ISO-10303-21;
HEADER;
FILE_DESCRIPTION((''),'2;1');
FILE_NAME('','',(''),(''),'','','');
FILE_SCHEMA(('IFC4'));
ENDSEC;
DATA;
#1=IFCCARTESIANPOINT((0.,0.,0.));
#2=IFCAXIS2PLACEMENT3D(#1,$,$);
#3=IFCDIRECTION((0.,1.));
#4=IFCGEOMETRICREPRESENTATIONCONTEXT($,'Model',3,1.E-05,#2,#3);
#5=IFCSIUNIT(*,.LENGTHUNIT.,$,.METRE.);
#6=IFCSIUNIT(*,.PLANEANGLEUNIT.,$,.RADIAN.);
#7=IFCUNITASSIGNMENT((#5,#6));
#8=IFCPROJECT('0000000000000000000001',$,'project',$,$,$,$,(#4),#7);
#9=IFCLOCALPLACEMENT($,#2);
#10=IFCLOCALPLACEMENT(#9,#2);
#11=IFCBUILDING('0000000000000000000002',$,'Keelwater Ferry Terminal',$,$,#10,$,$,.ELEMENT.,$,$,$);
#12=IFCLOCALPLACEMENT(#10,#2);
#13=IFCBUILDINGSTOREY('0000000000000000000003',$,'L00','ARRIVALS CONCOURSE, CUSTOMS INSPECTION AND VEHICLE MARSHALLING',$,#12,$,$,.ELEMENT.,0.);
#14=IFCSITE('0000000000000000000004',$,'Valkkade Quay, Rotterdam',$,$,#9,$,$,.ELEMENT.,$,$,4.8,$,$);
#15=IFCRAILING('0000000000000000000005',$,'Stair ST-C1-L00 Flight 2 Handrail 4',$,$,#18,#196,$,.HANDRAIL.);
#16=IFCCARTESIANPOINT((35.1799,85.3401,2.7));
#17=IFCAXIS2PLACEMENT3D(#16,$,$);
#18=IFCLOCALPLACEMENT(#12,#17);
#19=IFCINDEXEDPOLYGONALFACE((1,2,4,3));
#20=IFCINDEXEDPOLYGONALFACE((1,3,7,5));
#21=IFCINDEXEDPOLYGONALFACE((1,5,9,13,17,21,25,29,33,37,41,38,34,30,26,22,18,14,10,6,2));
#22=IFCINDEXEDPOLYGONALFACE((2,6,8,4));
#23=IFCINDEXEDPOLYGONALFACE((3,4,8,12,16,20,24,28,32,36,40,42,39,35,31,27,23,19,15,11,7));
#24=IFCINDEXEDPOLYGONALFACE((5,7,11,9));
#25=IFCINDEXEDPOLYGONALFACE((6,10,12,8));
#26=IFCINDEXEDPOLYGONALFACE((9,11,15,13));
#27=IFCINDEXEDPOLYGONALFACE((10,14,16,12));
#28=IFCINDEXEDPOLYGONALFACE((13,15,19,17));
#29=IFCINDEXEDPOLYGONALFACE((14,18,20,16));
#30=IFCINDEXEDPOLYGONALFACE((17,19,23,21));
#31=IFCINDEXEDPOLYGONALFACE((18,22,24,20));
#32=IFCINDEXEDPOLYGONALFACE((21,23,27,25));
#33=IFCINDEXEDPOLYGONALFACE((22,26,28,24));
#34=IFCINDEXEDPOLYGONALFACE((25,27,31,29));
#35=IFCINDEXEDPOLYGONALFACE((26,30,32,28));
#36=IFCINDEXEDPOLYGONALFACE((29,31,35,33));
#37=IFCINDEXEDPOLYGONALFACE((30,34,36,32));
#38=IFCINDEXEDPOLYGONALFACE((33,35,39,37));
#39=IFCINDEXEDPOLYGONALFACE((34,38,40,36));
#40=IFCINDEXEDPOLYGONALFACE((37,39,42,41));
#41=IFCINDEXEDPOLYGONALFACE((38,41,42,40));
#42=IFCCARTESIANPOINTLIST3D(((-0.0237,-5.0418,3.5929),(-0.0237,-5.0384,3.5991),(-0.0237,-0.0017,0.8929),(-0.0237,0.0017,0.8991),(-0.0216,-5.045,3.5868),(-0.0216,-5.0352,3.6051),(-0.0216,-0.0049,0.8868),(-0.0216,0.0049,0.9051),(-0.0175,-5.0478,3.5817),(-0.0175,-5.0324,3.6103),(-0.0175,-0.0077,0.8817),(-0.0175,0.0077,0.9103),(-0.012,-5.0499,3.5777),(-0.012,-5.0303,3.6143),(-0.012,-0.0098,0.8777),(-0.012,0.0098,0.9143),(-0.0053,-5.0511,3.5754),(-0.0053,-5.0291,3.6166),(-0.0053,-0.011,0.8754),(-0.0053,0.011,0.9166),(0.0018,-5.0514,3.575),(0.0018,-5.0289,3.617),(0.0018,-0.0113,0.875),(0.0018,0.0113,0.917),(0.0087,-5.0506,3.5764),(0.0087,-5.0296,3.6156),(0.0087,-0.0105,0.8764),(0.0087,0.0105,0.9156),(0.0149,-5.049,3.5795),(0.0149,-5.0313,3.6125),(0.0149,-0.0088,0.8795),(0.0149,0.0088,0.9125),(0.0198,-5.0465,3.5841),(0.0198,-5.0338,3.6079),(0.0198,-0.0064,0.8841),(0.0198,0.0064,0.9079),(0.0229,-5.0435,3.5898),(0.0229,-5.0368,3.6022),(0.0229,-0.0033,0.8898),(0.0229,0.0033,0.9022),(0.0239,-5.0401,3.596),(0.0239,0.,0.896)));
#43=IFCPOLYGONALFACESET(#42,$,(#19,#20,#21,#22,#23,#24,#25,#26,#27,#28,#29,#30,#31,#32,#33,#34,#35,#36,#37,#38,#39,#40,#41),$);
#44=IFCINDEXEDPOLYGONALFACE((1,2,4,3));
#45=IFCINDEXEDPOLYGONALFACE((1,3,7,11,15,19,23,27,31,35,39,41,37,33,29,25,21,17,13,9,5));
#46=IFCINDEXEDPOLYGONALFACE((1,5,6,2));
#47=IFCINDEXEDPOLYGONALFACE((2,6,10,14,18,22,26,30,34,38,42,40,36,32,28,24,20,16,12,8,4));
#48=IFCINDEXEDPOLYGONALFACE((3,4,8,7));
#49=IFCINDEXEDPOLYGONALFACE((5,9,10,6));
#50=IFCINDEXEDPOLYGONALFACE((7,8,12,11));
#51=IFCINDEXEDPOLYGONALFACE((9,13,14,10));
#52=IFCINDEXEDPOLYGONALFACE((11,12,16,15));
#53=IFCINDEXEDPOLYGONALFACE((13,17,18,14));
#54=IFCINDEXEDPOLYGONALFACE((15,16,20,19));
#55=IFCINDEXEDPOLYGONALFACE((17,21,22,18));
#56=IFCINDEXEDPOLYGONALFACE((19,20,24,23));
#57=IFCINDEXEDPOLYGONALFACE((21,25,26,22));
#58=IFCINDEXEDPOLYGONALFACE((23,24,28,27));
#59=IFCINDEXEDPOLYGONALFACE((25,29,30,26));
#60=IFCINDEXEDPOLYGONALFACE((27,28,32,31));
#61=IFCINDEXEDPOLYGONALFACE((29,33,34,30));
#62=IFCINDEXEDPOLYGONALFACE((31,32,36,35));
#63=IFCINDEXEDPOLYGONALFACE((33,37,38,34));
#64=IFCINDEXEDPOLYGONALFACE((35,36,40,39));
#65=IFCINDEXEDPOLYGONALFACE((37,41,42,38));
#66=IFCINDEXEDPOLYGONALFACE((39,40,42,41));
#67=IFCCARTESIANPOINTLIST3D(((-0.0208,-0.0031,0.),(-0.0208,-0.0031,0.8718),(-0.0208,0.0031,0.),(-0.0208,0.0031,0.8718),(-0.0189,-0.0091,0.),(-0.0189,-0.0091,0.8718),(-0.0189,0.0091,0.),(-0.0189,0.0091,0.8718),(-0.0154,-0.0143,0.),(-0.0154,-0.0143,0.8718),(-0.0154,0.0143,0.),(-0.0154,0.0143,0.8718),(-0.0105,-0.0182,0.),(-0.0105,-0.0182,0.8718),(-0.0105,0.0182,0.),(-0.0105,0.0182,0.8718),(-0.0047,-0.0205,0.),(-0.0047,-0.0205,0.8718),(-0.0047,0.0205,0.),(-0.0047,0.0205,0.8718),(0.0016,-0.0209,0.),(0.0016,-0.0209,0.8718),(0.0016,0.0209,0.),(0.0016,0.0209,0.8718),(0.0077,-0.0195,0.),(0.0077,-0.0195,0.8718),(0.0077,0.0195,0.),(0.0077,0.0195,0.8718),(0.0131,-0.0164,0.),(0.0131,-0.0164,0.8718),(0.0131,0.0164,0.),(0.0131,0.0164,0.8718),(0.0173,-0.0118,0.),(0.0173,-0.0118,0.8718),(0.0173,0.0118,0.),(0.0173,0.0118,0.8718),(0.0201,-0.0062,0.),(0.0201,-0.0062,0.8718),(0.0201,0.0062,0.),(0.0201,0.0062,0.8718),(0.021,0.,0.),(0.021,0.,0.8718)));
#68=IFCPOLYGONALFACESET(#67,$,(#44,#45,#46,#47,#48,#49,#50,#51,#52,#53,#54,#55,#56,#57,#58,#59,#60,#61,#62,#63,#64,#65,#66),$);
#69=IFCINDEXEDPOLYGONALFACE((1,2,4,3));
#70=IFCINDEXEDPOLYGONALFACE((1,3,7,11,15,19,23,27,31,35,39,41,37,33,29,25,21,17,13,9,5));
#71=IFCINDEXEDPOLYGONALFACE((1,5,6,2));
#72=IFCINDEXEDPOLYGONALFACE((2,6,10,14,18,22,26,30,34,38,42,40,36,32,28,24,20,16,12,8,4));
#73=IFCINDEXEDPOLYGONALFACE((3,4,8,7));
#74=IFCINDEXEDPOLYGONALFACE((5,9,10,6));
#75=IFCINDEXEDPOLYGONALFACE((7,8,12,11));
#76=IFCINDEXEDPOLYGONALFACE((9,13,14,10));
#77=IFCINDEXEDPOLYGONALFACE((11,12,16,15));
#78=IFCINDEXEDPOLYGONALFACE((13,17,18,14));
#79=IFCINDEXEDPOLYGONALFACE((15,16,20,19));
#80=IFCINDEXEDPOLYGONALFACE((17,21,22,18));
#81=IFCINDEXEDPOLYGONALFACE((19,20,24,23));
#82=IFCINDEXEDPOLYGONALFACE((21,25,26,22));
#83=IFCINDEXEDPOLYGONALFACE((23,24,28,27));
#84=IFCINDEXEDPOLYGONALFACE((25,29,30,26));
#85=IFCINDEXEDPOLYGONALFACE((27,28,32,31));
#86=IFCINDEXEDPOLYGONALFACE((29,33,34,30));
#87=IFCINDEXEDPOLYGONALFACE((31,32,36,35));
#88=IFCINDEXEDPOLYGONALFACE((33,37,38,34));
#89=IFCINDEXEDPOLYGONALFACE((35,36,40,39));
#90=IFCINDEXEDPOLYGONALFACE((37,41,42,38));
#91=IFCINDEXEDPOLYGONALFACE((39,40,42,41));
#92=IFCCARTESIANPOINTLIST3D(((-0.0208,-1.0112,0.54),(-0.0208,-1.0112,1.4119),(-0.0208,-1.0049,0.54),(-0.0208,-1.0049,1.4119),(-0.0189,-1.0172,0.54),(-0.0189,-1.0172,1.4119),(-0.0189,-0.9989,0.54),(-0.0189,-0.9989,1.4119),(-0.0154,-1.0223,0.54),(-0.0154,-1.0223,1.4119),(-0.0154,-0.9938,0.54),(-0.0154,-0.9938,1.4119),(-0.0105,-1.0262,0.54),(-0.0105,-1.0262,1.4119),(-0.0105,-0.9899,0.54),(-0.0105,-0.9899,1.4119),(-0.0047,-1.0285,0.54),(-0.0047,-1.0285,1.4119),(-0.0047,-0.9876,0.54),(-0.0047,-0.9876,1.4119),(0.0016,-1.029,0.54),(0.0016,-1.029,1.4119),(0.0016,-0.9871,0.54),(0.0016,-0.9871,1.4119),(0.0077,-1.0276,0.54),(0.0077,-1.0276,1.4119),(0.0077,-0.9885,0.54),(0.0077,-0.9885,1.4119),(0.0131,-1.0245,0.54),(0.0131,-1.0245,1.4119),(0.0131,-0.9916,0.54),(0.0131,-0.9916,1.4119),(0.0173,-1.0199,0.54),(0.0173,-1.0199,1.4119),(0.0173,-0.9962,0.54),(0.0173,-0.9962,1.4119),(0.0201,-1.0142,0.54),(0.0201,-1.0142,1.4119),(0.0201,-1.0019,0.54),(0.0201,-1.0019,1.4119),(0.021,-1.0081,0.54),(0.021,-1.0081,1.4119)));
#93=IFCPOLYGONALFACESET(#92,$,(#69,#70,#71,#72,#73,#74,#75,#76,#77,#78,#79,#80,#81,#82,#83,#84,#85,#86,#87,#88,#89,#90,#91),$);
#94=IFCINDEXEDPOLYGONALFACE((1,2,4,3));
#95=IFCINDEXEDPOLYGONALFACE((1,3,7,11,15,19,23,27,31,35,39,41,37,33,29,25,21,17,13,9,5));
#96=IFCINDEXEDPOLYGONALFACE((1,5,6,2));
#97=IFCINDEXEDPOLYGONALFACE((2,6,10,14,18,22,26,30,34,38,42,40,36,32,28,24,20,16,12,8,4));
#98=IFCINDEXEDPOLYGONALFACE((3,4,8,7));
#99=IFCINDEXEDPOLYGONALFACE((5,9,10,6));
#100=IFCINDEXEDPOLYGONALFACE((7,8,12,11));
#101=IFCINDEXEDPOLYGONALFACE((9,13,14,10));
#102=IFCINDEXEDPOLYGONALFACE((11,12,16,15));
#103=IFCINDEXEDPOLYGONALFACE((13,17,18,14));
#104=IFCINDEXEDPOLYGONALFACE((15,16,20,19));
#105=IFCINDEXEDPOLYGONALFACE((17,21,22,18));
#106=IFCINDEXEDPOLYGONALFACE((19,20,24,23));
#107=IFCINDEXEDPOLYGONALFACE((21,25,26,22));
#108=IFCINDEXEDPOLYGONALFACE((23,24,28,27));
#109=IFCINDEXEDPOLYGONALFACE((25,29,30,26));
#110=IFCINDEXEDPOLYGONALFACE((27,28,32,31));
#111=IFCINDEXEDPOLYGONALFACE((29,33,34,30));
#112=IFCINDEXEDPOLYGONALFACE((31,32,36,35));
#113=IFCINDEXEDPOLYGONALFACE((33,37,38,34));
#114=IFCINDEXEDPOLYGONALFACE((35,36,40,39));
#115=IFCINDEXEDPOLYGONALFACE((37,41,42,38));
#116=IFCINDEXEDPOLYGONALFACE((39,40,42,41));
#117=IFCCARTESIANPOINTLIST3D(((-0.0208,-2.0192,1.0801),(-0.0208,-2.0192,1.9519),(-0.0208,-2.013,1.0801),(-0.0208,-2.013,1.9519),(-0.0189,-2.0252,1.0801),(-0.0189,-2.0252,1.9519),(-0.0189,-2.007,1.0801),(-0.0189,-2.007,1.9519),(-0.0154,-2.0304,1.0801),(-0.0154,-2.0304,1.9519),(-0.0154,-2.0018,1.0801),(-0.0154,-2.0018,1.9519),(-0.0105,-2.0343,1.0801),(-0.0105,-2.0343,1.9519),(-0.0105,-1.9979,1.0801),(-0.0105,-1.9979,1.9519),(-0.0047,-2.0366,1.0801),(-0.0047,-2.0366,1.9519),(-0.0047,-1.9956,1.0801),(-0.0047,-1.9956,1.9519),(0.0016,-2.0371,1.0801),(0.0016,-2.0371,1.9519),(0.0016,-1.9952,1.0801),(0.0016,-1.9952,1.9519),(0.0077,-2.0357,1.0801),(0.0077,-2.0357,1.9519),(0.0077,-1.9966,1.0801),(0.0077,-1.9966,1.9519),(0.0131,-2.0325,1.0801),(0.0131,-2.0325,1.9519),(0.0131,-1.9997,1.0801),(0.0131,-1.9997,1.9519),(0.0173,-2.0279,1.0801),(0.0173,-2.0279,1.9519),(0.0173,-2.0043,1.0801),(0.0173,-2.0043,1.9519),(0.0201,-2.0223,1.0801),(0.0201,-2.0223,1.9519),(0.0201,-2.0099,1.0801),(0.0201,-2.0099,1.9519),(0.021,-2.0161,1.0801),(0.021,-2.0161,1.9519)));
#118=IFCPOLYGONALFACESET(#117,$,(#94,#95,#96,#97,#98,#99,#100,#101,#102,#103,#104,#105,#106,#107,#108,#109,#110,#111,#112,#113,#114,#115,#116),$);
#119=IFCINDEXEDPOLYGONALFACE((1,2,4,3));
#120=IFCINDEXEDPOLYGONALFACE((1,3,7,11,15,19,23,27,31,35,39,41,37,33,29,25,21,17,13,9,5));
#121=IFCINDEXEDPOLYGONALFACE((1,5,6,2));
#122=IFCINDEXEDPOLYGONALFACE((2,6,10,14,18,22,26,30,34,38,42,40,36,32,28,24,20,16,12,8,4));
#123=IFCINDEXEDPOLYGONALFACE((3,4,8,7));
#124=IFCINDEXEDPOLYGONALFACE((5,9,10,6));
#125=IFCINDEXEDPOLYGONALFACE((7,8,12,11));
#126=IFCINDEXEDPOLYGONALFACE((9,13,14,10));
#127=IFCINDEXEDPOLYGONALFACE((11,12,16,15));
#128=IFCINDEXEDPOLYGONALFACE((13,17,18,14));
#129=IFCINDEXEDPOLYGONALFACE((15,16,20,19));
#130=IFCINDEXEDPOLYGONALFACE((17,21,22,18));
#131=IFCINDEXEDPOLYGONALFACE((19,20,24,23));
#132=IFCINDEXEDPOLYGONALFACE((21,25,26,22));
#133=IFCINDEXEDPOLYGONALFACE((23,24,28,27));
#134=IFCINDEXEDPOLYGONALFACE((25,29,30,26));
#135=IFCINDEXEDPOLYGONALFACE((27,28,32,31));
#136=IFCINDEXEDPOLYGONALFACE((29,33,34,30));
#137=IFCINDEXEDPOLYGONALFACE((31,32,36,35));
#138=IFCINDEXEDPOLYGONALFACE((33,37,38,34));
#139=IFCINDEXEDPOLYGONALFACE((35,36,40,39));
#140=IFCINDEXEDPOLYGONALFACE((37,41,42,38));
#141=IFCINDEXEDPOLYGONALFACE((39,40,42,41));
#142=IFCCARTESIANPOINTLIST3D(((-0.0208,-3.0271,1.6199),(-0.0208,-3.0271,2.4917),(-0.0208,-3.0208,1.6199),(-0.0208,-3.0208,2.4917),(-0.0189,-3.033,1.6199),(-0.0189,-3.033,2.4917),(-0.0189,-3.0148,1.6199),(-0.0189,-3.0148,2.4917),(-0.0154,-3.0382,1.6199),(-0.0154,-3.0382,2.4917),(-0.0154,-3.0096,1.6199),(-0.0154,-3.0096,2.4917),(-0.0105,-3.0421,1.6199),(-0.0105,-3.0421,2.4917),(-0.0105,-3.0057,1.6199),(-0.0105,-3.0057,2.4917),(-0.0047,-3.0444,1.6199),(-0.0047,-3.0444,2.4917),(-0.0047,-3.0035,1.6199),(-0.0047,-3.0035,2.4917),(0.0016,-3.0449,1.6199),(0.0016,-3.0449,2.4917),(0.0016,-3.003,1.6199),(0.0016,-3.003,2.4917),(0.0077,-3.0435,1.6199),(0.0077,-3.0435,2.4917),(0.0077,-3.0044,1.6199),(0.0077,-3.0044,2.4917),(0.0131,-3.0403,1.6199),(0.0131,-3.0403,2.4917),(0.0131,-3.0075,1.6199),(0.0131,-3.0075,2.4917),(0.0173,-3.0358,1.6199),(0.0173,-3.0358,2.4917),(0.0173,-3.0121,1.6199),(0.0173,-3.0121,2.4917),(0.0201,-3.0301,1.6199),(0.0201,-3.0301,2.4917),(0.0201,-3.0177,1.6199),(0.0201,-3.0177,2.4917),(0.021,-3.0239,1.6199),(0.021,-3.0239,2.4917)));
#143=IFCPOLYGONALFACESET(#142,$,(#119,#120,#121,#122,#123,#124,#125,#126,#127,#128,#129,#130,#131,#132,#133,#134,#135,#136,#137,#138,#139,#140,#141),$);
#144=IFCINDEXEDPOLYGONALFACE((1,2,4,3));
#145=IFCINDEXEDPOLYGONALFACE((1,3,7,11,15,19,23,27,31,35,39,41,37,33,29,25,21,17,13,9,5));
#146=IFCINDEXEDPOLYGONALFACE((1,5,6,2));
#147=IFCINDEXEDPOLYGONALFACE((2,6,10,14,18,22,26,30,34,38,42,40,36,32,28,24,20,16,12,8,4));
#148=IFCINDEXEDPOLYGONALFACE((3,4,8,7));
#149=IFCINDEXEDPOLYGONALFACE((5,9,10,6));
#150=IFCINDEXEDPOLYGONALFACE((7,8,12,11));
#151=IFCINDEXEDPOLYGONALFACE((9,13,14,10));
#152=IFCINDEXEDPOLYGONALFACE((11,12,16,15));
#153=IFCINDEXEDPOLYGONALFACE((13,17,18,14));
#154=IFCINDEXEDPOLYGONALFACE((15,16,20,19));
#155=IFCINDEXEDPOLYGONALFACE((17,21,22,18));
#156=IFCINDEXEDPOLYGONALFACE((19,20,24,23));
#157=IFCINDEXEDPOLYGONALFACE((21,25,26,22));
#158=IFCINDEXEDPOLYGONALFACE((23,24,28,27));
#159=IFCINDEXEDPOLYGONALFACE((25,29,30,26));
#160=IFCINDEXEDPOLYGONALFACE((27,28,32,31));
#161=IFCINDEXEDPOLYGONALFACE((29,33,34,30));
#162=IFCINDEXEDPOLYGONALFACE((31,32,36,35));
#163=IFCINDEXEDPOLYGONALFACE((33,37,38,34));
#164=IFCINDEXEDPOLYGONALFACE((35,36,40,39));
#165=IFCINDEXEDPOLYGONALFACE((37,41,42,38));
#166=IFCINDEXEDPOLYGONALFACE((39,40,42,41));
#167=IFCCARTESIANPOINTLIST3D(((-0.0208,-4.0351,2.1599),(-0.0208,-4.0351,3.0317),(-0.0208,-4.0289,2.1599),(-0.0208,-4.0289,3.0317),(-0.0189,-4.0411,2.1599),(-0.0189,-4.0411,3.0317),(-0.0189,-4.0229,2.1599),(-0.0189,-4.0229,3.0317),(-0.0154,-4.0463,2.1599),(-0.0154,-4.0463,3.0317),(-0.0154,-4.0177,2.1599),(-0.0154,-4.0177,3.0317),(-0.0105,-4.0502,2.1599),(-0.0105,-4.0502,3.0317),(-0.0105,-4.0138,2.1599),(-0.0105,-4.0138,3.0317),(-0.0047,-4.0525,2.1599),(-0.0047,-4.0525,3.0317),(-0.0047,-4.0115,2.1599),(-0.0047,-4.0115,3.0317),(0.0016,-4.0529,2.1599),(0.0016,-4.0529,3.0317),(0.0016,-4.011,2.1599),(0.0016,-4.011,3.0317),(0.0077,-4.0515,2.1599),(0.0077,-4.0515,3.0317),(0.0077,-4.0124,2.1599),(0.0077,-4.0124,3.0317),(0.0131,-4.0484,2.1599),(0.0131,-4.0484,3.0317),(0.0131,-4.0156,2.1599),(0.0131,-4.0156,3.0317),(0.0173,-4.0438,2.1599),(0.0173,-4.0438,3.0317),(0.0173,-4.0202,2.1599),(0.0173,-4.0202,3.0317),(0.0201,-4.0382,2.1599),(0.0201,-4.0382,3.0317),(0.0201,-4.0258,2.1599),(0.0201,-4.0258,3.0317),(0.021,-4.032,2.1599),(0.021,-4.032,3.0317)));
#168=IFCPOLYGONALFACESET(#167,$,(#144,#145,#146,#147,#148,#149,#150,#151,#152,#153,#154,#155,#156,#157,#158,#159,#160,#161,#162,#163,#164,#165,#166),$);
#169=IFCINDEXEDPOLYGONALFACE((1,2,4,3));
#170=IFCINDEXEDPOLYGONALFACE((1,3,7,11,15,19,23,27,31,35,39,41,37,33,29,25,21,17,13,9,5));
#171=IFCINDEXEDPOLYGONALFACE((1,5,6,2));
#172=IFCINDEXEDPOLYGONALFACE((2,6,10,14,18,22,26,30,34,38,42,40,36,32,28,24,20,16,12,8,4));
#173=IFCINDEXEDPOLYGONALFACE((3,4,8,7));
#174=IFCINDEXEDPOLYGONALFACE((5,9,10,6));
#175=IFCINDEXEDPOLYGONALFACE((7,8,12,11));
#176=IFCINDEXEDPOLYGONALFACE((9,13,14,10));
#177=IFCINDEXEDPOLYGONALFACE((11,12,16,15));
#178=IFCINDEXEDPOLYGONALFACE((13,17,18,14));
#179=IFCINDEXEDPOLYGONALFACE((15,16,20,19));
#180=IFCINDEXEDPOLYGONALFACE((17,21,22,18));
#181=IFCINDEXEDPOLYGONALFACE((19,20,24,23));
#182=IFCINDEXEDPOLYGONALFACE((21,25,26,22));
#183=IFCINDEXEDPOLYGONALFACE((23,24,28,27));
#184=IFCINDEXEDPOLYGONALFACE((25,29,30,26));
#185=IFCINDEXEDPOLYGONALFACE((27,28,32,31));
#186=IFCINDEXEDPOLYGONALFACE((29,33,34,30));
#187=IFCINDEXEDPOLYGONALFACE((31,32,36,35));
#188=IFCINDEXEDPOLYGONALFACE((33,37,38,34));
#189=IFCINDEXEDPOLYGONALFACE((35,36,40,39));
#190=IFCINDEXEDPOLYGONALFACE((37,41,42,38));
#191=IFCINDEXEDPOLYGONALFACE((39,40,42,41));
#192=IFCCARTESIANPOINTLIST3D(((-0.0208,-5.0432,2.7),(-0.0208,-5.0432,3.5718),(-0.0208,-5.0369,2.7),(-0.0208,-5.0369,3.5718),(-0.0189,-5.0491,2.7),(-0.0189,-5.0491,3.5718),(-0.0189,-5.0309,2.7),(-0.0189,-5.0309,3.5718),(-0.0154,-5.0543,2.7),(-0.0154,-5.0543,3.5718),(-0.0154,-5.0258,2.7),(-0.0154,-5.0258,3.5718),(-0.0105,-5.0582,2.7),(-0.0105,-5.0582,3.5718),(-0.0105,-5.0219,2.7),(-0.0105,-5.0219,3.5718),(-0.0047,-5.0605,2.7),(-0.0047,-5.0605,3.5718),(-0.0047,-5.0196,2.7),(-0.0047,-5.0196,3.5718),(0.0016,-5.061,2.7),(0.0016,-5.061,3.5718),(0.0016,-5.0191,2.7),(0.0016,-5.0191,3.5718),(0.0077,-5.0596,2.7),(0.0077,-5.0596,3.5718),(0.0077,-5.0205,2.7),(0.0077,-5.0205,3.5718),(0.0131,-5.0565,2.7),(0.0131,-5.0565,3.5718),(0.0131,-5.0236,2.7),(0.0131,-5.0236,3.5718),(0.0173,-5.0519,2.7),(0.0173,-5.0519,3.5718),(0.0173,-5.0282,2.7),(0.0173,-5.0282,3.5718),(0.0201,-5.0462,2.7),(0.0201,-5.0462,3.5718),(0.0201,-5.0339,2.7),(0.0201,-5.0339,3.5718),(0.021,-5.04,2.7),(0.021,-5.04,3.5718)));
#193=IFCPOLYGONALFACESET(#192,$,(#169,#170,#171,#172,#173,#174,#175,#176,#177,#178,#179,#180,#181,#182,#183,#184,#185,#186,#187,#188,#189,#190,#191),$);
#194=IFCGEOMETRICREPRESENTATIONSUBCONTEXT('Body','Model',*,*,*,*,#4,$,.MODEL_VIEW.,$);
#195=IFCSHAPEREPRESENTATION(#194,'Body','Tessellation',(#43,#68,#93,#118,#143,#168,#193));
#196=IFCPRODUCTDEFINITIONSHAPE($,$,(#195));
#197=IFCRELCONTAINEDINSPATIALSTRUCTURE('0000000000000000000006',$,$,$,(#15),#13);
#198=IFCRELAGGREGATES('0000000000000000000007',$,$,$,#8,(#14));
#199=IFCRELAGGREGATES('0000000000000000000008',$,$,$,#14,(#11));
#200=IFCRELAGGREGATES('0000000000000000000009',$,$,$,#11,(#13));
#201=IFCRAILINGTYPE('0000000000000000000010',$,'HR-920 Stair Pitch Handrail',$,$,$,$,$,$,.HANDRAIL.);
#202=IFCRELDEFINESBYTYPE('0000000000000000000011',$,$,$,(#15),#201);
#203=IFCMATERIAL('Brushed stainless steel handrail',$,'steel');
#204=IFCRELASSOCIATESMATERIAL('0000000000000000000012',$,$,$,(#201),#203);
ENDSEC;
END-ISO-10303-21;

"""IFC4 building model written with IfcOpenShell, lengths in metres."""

from ifc_helpers import new_model, si_unit, direction, frame, origin, origin_2d, place, context, subcontext, project, spatial, circle, extrude, material, type_object, element, save


model = new_model("IFC4")

# Units and contexts
model_context = context("Model", 3, precision=1e-05, world=origin(), true_north=direction((0.0, 1.0)))
body_context = subcontext(model_context, "Body", "Model", "MODEL_VIEW")
ifc_project = project(units=[si_unit("LENGTHUNIT", "METRE"), si_unit("PLANEANGLEUNIT", "RADIAN")], contexts=[model_context])

# Site, building, storey
site_placement = place(None, origin())
site = spatial("IfcSite", under=ifc_project, at=site_placement, Name="Valkkade Quay, Rotterdam", CompositionType="ELEMENT", RefElevation=4.8)
building_placement = place(site_placement, origin())
building = spatial("IfcBuilding", under=site, at=building_placement, Name="Keelwater Ferry Terminal", CompositionType="ELEMENT")
storey_placement = place(building_placement, origin())
storey = spatial("IfcBuildingStorey", under=building, at=storey_placement, Name="L00", Description="ARRIVALS CONCOURSE, CUSTOMS INSPECTION AND VEHICLE MARSHALLING", CompositionType="ELEMENT", Elevation=0.0)

# Railing
ifc_material_1 = material(Name="Brushed stainless steel handrail", Category="steel")
railing_type_1 = type_object("IfcRailingType", Name="HR-920 Stair Pitch Handrail", PredefinedType="HANDRAIL", material=ifc_material_1)
railing_1_placement = place(storey_placement, frame((35.1799, 85.3401, 2.7)))
element("IfcRailing", 1, at=railing_1_placement, inside=storey, type_object=railing_type_1, Name="Stair ST-C1-L00 Flight 2 Handrail 4", PredefinedType="HANDRAIL", context=body_context, shape_type="SweptSolid", body=[
    extrude(circle(Radius=0.0239, at=origin_2d()), frame((0.0, 0.0, 0.896), z_axis=(0.0, -0.881485, 0.472212), x_axis=(1.0, 0.0, 0.0)), (0.0, 0.0, 1.0), 5.7178),
    extrude(circle(Radius=0.021, at=origin_2d()), origin(), (0.0, 0.0, 1.0), 0.8718),
    extrude(circle(Radius=0.021, at=origin_2d()), frame((0.0, -1.0081, 0.54)), (0.0, 0.0, 1.0), 0.8718),
    extrude(circle(Radius=0.021, at=origin_2d()), frame((0.0, -2.0161, 1.0801)), (0.0, 0.0, 1.0), 0.8718),
    extrude(circle(Radius=0.021, at=origin_2d()), frame((0.0, -3.0239, 1.6199)), (0.0, 0.0, 1.0), 0.8718),
    extrude(circle(Radius=0.021, at=origin_2d()), frame((0.0, -4.032, 2.1599)), (0.0, 0.0, 1.0), 0.8718),
    extrude(circle(Radius=0.021, at=origin_2d()), frame((0.0, -5.04, 2.7)), (0.0, 0.0, 1.0), 0.8718),
])

save(model, "model.ifc")
